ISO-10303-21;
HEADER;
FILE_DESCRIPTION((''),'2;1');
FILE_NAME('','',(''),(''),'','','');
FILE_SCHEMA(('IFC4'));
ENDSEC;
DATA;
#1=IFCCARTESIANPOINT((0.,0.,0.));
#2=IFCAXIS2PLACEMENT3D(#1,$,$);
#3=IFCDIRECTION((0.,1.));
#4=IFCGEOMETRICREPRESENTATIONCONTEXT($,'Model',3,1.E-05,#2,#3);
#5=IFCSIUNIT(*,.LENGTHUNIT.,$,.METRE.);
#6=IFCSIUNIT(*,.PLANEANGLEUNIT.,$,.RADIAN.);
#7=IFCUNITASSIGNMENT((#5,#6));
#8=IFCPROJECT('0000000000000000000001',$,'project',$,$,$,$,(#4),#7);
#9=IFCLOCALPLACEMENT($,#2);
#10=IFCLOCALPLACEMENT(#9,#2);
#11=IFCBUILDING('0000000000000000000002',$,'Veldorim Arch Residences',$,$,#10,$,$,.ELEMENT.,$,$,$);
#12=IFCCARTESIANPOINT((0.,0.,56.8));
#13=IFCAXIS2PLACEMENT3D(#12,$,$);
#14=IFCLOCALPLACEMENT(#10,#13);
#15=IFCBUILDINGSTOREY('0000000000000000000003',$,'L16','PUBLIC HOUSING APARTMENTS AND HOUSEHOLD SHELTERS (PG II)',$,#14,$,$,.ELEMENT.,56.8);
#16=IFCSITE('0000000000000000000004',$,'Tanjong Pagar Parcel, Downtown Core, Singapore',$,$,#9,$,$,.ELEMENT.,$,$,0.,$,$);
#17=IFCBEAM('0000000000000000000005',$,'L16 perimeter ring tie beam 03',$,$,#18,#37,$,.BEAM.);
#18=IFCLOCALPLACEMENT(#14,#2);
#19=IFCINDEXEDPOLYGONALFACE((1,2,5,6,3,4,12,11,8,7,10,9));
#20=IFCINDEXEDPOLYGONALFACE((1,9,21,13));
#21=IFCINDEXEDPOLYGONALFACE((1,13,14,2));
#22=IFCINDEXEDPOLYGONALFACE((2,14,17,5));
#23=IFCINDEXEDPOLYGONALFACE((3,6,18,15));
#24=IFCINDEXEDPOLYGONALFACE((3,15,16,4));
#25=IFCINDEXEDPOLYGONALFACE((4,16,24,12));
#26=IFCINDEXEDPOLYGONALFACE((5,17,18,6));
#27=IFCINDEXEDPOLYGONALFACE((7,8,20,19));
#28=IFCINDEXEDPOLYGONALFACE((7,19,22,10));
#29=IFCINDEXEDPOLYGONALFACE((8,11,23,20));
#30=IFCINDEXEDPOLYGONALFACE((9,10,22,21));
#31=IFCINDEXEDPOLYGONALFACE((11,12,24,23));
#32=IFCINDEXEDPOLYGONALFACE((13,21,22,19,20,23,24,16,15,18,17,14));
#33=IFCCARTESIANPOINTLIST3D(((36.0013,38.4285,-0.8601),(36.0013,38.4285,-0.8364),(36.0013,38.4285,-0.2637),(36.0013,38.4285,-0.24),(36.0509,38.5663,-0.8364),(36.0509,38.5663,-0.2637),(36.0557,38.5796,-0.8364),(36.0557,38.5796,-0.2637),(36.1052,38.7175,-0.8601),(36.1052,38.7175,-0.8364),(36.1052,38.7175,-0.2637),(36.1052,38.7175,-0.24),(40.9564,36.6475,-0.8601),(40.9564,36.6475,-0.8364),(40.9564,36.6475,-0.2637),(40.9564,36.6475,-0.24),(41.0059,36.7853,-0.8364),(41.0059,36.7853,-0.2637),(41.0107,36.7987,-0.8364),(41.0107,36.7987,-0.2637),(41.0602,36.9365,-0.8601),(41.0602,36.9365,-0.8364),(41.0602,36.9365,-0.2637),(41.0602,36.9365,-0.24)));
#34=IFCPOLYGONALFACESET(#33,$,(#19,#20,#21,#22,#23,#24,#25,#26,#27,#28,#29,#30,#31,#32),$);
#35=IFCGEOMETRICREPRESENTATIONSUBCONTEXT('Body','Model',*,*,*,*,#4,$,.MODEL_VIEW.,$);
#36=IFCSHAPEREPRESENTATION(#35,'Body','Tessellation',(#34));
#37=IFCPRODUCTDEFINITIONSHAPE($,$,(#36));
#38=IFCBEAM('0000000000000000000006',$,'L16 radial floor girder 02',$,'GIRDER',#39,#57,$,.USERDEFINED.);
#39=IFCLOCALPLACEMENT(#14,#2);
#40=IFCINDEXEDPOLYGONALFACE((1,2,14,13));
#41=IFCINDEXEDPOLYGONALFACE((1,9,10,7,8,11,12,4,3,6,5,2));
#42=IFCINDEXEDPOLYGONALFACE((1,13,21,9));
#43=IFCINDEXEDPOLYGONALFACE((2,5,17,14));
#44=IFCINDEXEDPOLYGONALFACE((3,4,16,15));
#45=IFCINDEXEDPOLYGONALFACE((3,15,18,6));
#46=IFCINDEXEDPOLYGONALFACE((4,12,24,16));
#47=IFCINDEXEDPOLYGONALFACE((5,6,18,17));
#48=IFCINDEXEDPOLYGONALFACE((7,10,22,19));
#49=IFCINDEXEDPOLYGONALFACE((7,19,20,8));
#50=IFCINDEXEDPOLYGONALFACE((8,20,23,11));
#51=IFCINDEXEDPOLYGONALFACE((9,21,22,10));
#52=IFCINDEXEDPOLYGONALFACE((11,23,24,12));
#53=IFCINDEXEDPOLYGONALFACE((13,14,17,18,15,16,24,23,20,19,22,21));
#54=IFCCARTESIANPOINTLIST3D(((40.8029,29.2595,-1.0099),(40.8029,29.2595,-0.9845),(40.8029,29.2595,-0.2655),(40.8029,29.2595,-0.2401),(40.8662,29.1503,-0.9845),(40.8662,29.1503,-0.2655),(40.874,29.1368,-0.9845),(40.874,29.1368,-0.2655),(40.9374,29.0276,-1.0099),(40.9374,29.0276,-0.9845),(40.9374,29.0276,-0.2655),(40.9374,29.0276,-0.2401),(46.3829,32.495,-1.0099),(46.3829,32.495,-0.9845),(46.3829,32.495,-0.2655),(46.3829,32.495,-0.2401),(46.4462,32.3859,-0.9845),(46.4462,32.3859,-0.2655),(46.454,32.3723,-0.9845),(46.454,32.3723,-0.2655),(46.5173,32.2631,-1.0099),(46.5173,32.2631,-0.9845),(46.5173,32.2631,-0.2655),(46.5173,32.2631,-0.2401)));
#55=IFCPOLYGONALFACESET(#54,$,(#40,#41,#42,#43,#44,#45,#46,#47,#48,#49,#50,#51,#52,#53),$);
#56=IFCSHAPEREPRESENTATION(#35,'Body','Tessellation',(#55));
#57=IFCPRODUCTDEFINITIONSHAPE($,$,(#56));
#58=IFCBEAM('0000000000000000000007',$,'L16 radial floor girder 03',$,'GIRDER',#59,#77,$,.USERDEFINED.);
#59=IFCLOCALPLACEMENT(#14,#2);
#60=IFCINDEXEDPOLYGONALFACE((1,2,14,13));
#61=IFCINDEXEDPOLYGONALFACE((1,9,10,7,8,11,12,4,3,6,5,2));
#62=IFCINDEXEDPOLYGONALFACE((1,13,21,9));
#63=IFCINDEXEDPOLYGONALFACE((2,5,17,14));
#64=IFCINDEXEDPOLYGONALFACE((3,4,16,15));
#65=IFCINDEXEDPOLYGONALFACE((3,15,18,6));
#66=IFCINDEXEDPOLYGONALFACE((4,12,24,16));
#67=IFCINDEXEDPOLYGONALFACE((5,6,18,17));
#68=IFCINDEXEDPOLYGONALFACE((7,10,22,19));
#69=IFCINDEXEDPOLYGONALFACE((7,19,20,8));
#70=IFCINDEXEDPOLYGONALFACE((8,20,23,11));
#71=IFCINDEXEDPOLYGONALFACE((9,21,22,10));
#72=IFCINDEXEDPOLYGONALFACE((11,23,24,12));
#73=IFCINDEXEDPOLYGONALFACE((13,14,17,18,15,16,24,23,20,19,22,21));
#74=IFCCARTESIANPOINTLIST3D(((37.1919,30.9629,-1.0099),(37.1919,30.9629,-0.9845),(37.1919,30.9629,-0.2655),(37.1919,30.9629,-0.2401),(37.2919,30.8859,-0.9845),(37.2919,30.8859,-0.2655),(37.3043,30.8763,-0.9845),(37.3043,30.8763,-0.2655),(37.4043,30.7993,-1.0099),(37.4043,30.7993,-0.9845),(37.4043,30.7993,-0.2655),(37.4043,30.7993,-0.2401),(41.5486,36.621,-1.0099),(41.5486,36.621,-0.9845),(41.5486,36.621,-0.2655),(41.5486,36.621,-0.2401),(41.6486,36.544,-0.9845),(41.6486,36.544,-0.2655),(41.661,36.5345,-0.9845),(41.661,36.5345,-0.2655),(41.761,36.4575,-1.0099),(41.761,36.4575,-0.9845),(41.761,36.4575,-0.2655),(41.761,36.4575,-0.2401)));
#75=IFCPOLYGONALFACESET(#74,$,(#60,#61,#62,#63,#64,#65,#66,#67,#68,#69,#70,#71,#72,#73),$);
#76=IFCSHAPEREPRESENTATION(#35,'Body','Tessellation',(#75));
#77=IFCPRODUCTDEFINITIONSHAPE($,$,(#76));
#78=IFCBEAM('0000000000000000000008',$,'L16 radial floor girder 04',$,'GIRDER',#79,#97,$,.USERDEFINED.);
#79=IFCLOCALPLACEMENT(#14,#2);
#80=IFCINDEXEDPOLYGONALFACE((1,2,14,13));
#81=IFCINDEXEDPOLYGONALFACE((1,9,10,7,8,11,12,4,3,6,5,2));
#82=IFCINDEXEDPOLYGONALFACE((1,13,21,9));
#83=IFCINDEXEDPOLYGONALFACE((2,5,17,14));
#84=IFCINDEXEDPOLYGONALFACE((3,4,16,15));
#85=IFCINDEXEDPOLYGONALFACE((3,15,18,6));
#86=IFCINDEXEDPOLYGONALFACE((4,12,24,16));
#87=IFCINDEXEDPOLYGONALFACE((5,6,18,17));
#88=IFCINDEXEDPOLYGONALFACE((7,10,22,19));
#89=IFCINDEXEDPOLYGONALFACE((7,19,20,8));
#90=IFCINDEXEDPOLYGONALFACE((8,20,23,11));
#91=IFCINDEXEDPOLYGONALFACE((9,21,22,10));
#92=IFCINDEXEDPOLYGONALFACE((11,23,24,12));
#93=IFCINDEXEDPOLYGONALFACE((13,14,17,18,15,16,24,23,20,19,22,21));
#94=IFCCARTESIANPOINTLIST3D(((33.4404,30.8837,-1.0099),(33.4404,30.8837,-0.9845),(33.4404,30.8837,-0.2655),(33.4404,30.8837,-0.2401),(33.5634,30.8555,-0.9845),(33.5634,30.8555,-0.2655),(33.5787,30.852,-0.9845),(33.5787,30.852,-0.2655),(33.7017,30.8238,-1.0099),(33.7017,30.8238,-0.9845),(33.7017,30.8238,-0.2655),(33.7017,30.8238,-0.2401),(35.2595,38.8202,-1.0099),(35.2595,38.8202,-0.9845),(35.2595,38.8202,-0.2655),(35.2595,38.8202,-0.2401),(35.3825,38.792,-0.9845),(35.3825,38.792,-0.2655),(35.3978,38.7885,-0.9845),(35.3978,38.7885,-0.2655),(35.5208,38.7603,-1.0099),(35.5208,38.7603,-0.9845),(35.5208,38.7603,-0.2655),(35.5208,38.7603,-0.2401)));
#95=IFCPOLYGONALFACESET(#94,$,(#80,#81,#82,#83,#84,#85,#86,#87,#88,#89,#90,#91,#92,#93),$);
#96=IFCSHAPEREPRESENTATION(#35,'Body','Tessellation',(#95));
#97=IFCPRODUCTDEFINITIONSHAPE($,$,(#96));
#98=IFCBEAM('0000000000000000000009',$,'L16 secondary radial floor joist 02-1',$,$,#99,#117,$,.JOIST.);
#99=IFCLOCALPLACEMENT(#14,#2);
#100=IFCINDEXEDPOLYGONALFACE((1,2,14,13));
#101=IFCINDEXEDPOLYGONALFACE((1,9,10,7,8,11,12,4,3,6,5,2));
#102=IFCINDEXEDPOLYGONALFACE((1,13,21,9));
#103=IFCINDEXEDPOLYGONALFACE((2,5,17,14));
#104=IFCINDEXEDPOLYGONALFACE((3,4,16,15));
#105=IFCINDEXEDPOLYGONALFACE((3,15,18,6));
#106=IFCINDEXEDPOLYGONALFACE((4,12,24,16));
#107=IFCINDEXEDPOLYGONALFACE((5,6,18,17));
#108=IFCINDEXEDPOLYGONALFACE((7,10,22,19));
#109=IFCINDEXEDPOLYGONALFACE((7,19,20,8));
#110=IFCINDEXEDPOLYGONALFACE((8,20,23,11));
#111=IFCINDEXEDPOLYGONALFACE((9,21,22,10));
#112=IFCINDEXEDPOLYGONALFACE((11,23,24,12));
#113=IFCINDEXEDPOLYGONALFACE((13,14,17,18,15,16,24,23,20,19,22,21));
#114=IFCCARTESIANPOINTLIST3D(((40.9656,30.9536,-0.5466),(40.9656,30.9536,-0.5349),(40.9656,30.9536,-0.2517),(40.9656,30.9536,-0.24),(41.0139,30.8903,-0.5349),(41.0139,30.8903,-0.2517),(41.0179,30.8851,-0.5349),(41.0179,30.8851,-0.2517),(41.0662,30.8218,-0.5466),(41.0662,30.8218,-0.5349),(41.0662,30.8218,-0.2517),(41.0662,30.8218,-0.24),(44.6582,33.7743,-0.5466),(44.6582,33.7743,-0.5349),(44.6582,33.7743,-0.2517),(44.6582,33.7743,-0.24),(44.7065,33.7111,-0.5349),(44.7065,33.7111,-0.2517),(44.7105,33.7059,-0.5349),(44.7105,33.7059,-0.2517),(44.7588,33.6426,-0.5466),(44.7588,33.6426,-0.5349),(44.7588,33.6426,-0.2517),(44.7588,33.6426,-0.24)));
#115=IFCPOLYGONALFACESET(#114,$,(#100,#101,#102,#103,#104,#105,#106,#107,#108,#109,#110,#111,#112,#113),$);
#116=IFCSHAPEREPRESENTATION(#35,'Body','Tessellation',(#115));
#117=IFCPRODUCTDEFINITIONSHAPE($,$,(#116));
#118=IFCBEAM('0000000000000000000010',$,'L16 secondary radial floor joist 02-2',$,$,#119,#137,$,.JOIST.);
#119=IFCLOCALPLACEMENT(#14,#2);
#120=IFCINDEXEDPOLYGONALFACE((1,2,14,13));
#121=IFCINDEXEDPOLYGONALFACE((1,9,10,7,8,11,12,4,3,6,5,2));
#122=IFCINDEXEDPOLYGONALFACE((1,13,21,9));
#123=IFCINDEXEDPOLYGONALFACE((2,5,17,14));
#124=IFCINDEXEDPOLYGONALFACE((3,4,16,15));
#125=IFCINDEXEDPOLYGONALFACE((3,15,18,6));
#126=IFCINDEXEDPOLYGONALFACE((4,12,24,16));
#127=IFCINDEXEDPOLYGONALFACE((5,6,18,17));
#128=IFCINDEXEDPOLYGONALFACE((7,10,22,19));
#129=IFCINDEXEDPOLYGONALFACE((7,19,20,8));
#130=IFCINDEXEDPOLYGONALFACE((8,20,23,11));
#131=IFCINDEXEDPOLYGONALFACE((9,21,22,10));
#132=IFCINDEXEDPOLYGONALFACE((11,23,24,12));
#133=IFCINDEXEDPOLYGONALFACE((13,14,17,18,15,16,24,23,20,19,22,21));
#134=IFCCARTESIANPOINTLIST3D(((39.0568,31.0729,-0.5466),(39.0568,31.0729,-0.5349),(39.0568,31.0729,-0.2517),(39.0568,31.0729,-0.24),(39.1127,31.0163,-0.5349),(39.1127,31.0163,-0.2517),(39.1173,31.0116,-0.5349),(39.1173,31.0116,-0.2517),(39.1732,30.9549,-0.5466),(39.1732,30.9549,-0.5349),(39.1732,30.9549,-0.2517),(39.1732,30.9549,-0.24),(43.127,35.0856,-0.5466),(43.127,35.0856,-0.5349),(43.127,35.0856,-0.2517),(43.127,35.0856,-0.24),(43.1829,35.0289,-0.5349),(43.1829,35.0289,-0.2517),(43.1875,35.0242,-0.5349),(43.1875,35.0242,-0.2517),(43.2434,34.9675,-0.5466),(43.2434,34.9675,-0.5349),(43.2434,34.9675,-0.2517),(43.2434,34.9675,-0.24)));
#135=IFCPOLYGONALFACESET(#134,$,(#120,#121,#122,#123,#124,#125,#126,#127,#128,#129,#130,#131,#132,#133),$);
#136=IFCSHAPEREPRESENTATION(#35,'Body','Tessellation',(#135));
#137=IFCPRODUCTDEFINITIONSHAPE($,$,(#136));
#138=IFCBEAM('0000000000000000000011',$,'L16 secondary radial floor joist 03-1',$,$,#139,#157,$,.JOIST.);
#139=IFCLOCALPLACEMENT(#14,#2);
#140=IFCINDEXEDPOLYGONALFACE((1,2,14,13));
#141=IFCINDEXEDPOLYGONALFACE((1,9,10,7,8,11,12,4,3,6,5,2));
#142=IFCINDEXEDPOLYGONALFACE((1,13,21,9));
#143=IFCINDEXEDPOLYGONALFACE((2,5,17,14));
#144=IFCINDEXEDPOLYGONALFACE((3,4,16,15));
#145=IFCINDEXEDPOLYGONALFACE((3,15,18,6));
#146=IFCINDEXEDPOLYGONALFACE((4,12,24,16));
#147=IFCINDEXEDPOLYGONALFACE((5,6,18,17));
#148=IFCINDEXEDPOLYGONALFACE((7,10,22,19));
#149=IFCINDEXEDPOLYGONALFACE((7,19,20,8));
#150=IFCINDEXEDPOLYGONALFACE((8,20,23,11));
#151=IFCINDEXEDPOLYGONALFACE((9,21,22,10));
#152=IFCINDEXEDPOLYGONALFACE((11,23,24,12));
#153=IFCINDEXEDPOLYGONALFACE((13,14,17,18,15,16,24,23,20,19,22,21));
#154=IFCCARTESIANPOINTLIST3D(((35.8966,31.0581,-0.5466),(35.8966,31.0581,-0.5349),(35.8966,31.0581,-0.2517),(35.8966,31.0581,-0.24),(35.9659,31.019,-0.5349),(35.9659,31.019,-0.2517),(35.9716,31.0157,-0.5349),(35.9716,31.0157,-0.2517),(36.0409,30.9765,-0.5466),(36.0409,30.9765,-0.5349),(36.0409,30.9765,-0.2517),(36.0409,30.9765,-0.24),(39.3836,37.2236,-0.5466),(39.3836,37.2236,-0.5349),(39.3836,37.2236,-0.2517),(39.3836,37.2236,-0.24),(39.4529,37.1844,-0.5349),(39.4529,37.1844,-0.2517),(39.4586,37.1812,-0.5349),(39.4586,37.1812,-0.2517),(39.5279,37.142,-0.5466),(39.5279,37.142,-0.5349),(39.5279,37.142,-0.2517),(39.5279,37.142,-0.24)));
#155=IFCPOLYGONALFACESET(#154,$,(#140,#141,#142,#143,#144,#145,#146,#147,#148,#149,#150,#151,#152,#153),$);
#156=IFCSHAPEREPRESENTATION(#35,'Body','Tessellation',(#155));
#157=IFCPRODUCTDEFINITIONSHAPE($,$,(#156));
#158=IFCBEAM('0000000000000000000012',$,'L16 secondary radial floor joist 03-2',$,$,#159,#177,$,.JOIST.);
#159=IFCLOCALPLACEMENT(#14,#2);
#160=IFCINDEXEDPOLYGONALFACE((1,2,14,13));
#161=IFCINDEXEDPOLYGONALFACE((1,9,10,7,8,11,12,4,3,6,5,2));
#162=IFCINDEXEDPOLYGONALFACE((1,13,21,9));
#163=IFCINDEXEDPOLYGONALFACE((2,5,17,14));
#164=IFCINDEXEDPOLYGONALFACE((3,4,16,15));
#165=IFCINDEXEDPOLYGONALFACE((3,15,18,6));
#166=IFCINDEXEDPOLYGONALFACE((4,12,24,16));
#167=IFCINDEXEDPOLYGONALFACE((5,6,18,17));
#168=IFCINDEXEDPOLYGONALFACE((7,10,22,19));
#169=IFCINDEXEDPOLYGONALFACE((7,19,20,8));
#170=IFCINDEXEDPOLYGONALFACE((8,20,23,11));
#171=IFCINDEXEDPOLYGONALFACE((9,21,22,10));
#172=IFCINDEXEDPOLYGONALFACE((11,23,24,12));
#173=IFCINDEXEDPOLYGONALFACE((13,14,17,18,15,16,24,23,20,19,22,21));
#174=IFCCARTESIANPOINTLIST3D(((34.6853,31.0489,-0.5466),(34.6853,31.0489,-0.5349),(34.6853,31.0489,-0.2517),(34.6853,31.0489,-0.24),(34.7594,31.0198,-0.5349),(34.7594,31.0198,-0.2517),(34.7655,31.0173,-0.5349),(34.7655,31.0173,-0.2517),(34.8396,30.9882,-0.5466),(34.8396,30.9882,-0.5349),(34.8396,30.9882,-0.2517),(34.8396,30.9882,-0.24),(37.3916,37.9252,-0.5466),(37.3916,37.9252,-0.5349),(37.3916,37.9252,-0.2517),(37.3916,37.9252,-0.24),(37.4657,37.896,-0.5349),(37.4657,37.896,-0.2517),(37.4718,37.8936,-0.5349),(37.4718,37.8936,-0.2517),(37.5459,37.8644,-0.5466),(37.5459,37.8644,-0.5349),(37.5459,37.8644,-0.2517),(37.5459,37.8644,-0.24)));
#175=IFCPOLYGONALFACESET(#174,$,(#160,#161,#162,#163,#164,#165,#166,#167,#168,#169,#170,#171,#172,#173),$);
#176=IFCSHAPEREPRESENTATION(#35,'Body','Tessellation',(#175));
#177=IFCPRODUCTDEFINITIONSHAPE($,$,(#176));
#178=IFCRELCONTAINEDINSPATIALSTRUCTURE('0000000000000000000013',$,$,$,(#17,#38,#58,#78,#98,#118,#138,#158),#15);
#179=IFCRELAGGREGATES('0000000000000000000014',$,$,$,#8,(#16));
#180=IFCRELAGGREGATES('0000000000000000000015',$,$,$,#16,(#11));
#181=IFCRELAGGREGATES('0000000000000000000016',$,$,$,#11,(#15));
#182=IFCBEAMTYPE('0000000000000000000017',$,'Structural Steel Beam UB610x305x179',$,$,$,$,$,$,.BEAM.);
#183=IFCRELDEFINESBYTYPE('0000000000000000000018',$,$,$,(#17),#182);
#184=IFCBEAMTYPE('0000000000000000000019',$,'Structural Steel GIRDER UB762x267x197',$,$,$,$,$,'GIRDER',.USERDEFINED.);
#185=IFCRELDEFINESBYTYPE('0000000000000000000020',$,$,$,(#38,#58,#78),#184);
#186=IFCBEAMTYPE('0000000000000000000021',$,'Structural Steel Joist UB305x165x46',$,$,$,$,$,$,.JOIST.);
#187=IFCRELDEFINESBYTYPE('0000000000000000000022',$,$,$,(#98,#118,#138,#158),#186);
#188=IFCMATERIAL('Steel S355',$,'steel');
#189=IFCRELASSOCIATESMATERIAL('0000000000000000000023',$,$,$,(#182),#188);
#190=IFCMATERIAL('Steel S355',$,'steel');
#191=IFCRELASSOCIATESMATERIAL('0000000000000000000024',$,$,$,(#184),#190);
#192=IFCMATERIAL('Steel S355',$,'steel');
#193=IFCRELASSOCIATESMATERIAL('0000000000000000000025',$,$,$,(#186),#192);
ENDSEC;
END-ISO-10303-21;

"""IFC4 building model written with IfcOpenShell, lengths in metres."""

from ifc_helpers import new_model, si_unit, direction, frame, origin, origin_2d, place, context, subcontext, project, spatial, i_section, extrude, material, material_profile, profile_set, type_object, element, save


model = new_model("IFC4")

# Units and contexts
model_context = context("Model", 3, precision=1e-05, world=origin(), true_north=direction((0.0, 1.0)))
body_context = subcontext(model_context, "Body", "Model", "MODEL_VIEW")
ifc_project = project(units=[si_unit("LENGTHUNIT", "METRE"), si_unit("PLANEANGLEUNIT", "RADIAN")], contexts=[model_context])

# Site, building, storey
site_placement = place(None, origin())
site = spatial("IfcSite", under=ifc_project, at=site_placement, Name="Tanjong Pagar Parcel, Downtown Core, Singapore", CompositionType="ELEMENT", RefElevation=0.0)
building_placement = place(site_placement, origin())
building = spatial("IfcBuilding", under=site, at=building_placement, Name="Veldorim Arch Residences", CompositionType="ELEMENT")
storey_placement = place(building_placement, frame((0.0, 0.0, 56.8)))
storey = spatial("IfcBuildingStorey", under=building, at=storey_placement, Name="L16", Description="PUBLIC HOUSING APARTMENTS AND HOUSEHOLD SHELTERS (PG II)", CompositionType="ELEMENT", Elevation=56.8)

# Beams
ifc_material_1 = material(Name="Steel S355", Category="steel")
ifc_material_profile_1 = material_profile(ifc_material_1, i_section(OverallWidth=0.3071, OverallDepth=0.6201, WebThickness=0.0142, FlangeThickness=0.0237, at=origin_2d()), Name="UB610x305x179")
ifc_profile_set_1 = profile_set([ifc_material_profile_1], Name="Steel S355")
beam_type_1 = type_object("IfcBeamType", Name="Structural Steel Beam UB610x305x179", PredefinedType="BEAM", material=ifc_profile_set_1)
beam_1_placement = place(storey_placement, frame((41.0083, 36.792, -0.55), z_axis=(-0.941058, 0.338245, 0.0), x_axis=(-0.338245, -0.941058, 0.0)))
element("IfcBeam", 1, at=beam_1_placement, inside=storey, type_object=beam_type_1, Name="L16 perimeter ring tie beam 03", PredefinedType="BEAM", context=body_context, shape_type="SweptSolid", body=[
    extrude(i_section(OverallWidth=0.3071, OverallDepth=0.6201, WebThickness=0.0142, FlangeThickness=0.0237, at=origin_2d()), origin(), (0.0, 0.0, 1.0), 5.2654),
])
ifc_material_2 = material(Name="Steel S355", Category="steel")
ifc_material_profile_2 = material_profile(ifc_material_2, i_section(OverallWidth=0.2681, OverallDepth=0.7698, WebThickness=0.0156, FlangeThickness=0.0254, at=origin_2d()), Name="UB762x267x197")
ifc_profile_set_2 = profile_set([ifc_material_profile_2], Name="Steel S355")
beam_type_2 = type_object("IfcBeamType", Name="Structural Steel GIRDER UB762x267x197", ElementType="GIRDER", PredefinedType="USERDEFINED", material=ifc_profile_set_2)
beam_2_placement = place(storey_placement, frame((40.8701, 29.1436, -0.625), z_axis=(0.865088, 0.50162, 0.0), x_axis=(-0.50162, 0.865088, 0.0)))
element("IfcBeam", 2, at=beam_2_placement, inside=storey, type_object=beam_type_2, Name="L16 radial floor girder 02", ObjectType="GIRDER", PredefinedType="USERDEFINED", context=body_context, shape_type="SweptSolid", body=[
    extrude(i_section(OverallWidth=0.2681, OverallDepth=0.7698, WebThickness=0.0156, FlangeThickness=0.0254, at=origin_2d()), origin(), (0.0, 0.0, 1.0), 6.4502),
])
beam_3_placement = place(storey_placement, frame((37.2981, 30.8811, -0.625), z_axis=(0.610082, 0.792338, 0.0), x_axis=(-0.792338, 0.610082, 0.0)))
element("IfcBeam", 3, at=beam_3_placement, inside=storey, type_object=beam_type_2, Name="L16 radial floor girder 03", ObjectType="GIRDER", PredefinedType="USERDEFINED", context=body_context, shape_type="SweptSolid", body=[
    extrude(i_section(OverallWidth=0.2681, OverallDepth=0.7698, WebThickness=0.0156, FlangeThickness=0.0254, at=origin_2d()), origin(), (0.0, 0.0, 1.0), 7.1411),
])
beam_4_placement = place(storey_placement, frame((33.571, 30.8538, -0.625), z_axis=(0.223412, 0.974724, 0.0), x_axis=(-0.974724, 0.223412, 0.0)))
element("IfcBeam", 4, at=beam_4_placement, inside=storey, type_object=beam_type_2, Name="L16 radial floor girder 04", ObjectType="GIRDER", PredefinedType="USERDEFINED", context=body_context, shape_type="SweptSolid", body=[
    extrude(i_section(OverallWidth=0.2681, OverallDepth=0.7698, WebThickness=0.0156, FlangeThickness=0.0254, at=origin_2d()), origin(), (0.0, 0.0, 1.0), 8.1423),
])
ifc_material_3 = material(Name="Steel S355", Category="steel")
ifc_material_profile_3 = material_profile(ifc_material_3, i_section(OverallWidth=0.1658, OverallDepth=0.3066, WebThickness=0.0066, FlangeThickness=0.0117, at=origin_2d()), Name="UB305x165x46")
ifc_profile_set_3 = profile_set([ifc_material_profile_3], Name="Steel S355")
beam_type_3 = type_object("IfcBeamType", Name="Structural Steel Joist UB305x165x46", PredefinedType="JOIST", material=ifc_profile_set_3)
beam_5_placement = place(storey_placement, frame((41.0159, 30.8877, -0.3933), z_axis=(0.794666, 0.607046, 0.0), x_axis=(-0.607046, 0.794666, 0.0)))
element("IfcBeam", 5, at=beam_5_placement, inside=storey, type_object=beam_type_3, Name="L16 secondary radial floor joist 02-1", PredefinedType="JOIST", context=body_context, shape_type="SweptSolid", body=[
    extrude(i_section(OverallWidth=0.1658, OverallDepth=0.3066, WebThickness=0.0066, FlangeThickness=0.0117, at=origin_2d()), origin(), (0.0, 0.0, 1.0), 4.6467),
])
beam_6_placement = place(storey_placement, frame((39.115, 31.0139, -0.3933), z_axis=(0.712129, 0.702049, 0.0), x_axis=(-0.702049, 0.712129, 0.0)))
element("IfcBeam", 6, at=beam_6_placement, inside=storey, type_object=beam_type_3, Name="L16 secondary radial floor joist 02-2", PredefinedType="JOIST", context=body_context, shape_type="SweptSolid", body=[
    extrude(i_section(OverallWidth=0.1658, OverallDepth=0.3066, WebThickness=0.0066, FlangeThickness=0.0117, at=origin_2d()), origin(), (0.0, 0.0, 1.0), 5.7156),
])
beam_7_placement = place(storey_placement, frame((35.9688, 31.0173, -0.3933), z_axis=(0.492292, 0.87043, 0.0), x_axis=(-0.87043, 0.492292, 0.0)))
element("IfcBeam", 7, at=beam_7_placement, inside=storey, type_object=beam_type_3, Name="L16 secondary radial floor joist 03-1", PredefinedType="JOIST", context=body_context, shape_type="SweptSolid", body=[
    extrude(i_section(OverallWidth=0.1658, OverallDepth=0.3066, WebThickness=0.0066, FlangeThickness=0.0117, at=origin_2d()), origin(), (0.0, 0.0, 1.0), 7.0833),
])
beam_8_placement = place(storey_placement, frame((34.7625, 31.0186, -0.3933), z_axis=(0.36623, 0.930524, 0.0), x_axis=(-0.930524, 0.36623, 0.0)))
element("IfcBeam", 8, at=beam_8_placement, inside=storey, type_object=beam_type_3, Name="L16 secondary radial floor joist 03-2", PredefinedType="JOIST", context=body_context, shape_type="SweptSolid", body=[
    extrude(i_section(OverallWidth=0.1658, OverallDepth=0.3066, WebThickness=0.0066, FlangeThickness=0.0117, at=origin_2d()), origin(), (0.0, 0.0, 1.0), 7.3896),
])

save(model, "model.ifc")
